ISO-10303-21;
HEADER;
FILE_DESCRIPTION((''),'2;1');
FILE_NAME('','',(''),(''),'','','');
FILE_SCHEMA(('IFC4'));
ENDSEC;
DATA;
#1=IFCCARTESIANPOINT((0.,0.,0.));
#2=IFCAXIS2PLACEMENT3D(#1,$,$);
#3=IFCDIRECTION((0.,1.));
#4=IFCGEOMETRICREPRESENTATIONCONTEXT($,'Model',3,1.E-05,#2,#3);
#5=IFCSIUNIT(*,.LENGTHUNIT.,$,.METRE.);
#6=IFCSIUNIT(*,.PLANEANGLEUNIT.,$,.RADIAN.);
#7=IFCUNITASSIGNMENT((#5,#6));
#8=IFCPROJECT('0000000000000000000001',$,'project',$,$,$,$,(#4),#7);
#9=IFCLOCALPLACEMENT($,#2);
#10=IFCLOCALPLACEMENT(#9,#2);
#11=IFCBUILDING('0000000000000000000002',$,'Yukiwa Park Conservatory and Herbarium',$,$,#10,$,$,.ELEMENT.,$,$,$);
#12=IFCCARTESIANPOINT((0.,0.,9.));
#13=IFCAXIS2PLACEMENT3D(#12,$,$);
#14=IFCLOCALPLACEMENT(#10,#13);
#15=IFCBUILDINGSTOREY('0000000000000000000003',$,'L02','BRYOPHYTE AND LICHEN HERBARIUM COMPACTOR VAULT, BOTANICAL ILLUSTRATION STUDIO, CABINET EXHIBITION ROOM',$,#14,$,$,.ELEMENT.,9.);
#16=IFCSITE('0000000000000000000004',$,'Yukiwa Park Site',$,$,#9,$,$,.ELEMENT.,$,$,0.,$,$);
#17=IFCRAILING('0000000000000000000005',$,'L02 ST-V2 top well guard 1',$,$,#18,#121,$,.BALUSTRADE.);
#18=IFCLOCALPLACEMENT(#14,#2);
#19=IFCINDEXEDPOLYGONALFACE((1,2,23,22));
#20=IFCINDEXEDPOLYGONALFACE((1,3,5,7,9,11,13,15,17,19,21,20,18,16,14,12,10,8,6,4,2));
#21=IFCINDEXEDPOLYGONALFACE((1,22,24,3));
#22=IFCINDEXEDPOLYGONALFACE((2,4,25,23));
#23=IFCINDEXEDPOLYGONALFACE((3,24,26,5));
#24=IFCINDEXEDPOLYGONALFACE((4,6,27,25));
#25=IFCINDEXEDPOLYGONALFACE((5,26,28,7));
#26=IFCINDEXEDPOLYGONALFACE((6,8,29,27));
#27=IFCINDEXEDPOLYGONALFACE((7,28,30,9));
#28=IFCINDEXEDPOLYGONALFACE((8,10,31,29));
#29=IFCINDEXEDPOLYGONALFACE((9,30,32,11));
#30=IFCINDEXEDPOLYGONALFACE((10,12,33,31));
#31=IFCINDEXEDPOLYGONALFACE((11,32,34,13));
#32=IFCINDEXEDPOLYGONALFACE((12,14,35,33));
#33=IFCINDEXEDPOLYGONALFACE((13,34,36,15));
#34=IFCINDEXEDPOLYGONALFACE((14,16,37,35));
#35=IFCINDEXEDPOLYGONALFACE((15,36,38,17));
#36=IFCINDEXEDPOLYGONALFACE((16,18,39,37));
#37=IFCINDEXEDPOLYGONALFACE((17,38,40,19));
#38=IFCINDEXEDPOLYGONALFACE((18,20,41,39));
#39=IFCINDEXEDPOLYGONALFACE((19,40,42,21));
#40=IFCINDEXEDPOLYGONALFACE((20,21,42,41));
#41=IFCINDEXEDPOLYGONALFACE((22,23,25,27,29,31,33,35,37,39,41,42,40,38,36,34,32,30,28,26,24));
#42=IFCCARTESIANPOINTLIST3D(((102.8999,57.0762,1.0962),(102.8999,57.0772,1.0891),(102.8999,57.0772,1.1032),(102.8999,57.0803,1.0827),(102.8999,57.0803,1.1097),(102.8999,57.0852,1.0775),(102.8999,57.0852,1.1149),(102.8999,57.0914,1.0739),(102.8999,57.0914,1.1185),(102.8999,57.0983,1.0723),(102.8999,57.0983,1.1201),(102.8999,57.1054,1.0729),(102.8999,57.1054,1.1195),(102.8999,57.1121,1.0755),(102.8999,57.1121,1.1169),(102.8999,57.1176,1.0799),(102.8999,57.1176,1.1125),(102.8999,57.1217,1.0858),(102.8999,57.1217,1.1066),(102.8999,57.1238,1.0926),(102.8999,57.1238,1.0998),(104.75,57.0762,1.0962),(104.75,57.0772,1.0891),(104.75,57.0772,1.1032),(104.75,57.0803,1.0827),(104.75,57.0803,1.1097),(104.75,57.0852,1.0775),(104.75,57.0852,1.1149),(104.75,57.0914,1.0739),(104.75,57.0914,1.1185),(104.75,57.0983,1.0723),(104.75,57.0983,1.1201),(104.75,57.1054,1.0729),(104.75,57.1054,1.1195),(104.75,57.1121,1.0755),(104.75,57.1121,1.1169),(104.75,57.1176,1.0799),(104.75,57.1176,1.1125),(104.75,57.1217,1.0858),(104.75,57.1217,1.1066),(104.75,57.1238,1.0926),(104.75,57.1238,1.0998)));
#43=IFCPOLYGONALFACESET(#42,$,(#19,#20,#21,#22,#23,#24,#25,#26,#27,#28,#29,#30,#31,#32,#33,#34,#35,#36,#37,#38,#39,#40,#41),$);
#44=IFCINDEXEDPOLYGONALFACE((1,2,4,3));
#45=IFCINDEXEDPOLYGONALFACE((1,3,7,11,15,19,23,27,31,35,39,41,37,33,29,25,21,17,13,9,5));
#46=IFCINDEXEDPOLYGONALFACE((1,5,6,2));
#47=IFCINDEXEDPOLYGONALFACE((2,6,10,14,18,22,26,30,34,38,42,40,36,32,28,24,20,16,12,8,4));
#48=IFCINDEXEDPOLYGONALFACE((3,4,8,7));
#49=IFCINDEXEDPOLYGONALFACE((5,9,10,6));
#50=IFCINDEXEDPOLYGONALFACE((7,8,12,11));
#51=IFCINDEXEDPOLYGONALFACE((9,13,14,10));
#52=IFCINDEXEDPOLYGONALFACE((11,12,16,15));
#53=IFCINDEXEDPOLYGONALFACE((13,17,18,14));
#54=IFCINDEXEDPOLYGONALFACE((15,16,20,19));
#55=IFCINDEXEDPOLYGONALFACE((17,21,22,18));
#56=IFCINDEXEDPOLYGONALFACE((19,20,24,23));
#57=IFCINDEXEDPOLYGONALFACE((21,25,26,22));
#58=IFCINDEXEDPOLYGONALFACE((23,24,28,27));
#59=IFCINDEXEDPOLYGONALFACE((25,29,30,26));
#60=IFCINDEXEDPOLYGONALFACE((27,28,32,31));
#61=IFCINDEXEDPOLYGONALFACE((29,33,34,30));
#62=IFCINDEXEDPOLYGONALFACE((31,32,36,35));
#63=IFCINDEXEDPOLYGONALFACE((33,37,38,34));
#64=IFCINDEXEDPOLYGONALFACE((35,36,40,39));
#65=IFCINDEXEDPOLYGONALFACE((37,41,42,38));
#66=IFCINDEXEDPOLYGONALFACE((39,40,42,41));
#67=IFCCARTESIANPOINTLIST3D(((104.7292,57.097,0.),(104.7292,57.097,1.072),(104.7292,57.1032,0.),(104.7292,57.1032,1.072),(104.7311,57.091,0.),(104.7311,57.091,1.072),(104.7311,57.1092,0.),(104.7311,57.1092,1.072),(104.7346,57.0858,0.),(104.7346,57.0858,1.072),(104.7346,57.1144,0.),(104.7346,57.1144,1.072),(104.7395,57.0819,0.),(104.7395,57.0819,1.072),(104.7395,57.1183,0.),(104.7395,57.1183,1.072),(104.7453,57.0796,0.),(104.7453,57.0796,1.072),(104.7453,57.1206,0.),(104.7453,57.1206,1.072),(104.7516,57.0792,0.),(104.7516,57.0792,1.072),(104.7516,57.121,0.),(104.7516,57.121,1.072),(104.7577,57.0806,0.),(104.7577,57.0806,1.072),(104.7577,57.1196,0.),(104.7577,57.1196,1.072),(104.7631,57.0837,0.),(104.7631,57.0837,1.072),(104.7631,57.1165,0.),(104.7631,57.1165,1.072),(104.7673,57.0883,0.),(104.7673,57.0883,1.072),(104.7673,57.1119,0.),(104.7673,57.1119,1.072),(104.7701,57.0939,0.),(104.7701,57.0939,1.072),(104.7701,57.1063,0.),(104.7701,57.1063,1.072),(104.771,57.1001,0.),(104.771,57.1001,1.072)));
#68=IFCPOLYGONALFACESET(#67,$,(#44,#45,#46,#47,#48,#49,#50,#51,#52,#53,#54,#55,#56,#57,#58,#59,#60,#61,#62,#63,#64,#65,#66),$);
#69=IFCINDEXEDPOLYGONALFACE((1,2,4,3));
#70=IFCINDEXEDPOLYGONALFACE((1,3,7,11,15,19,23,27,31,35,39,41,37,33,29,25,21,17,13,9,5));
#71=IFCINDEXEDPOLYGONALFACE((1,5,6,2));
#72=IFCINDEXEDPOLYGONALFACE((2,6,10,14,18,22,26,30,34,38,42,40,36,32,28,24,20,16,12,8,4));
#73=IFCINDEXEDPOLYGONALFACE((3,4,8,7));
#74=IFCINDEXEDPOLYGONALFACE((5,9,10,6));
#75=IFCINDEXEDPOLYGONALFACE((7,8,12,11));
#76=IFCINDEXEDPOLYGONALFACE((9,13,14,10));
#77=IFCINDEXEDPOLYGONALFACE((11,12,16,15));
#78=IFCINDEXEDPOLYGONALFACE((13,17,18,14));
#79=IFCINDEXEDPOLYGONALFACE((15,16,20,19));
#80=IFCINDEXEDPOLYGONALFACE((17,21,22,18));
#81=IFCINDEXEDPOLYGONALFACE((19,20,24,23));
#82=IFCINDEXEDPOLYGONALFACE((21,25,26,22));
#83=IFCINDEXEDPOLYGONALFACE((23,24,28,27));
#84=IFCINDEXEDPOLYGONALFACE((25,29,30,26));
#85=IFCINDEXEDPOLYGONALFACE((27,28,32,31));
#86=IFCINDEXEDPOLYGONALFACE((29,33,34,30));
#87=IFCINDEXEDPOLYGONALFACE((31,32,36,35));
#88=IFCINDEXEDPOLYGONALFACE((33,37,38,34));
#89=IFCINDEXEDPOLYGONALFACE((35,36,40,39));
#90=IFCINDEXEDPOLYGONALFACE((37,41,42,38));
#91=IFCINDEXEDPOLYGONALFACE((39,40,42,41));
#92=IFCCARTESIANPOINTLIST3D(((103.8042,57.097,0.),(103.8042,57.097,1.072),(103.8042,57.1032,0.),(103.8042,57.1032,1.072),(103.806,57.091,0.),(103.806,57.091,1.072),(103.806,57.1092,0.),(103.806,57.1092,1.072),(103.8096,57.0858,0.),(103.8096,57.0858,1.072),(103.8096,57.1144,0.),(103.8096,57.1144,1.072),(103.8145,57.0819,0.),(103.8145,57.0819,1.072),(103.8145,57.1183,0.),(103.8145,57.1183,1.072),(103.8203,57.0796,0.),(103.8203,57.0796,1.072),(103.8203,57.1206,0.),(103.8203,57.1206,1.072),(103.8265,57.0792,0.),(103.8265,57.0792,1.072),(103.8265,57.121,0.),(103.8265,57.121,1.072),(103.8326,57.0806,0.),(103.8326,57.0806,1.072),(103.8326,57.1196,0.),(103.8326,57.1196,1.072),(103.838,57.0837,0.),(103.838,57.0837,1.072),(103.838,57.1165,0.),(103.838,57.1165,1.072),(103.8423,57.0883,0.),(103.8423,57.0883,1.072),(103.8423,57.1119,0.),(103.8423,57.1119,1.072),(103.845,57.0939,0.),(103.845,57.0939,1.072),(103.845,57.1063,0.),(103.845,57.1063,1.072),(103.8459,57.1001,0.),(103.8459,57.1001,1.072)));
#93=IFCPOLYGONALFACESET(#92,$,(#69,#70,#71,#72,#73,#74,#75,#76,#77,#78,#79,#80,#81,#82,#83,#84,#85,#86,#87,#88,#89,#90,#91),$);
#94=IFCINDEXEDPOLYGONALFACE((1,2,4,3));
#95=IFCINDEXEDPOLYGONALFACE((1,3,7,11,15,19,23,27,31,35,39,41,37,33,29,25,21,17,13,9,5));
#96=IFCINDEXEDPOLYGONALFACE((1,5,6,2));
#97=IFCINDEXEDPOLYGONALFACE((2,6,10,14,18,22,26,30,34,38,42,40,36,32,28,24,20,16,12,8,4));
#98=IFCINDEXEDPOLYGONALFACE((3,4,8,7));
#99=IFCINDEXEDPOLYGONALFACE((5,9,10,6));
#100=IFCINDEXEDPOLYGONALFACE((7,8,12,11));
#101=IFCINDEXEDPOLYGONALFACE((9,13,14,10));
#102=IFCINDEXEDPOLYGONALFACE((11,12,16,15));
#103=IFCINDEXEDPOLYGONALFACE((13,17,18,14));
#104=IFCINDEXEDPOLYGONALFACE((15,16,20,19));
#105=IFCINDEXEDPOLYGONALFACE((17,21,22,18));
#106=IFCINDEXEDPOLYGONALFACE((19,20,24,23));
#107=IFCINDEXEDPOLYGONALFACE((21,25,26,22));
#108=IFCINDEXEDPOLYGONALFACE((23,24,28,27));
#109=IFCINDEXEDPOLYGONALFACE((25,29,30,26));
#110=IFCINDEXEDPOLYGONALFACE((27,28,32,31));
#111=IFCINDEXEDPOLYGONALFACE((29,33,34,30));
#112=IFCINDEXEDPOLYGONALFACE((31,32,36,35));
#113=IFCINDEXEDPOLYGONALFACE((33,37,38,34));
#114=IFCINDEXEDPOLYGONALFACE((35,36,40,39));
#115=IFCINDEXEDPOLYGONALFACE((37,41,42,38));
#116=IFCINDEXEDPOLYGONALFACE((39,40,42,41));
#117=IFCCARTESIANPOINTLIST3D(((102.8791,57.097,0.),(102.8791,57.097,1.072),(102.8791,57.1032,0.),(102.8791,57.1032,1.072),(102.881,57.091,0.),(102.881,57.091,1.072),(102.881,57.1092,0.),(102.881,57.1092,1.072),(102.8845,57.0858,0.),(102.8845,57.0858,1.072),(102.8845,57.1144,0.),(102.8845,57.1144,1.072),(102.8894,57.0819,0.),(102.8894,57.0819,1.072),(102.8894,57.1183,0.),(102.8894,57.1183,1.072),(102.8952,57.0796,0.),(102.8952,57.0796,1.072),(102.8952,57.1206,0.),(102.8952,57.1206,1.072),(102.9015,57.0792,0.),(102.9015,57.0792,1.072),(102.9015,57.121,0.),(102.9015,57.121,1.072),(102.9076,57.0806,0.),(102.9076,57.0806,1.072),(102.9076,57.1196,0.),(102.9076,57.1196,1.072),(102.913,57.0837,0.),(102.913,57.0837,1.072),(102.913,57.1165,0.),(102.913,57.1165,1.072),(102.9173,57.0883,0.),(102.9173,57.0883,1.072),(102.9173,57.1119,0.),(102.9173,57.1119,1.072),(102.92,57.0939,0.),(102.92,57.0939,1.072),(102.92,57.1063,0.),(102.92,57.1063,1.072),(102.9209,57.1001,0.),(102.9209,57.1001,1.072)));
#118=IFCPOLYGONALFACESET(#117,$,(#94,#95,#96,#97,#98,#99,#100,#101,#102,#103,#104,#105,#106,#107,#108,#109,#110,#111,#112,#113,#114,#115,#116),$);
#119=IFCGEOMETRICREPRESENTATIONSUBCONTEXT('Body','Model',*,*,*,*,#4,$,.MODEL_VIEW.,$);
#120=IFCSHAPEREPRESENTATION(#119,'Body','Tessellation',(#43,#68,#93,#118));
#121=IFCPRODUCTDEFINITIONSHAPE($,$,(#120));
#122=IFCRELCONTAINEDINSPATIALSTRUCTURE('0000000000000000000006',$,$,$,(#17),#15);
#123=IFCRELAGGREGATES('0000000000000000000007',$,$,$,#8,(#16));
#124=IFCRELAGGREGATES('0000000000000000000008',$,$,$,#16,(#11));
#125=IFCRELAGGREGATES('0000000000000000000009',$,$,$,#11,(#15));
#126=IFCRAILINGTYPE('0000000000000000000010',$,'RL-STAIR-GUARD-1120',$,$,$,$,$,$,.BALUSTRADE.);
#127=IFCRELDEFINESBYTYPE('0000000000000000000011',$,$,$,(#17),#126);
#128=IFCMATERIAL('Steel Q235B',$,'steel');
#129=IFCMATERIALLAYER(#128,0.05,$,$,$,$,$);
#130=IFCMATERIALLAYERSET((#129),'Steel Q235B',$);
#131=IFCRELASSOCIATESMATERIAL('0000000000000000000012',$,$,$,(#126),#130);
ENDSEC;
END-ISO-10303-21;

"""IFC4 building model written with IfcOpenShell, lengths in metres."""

from ifc_helpers import new_model, si_unit, direction, frame, origin, origin_2d, place, context, subcontext, project, spatial, circle, extrude, material, layer, layer_set, type_object, element, save


model = new_model("IFC4")

# Units and contexts
model_context = context("Model", 3, precision=1e-05, world=origin(), true_north=direction((0.0, 1.0)))
body_context = subcontext(model_context, "Body", "Model", "MODEL_VIEW")
ifc_project = project(units=[si_unit("LENGTHUNIT", "METRE"), si_unit("PLANEANGLEUNIT", "RADIAN")], contexts=[model_context])

# Site, building, storey
site_placement = place(None, origin())
site = spatial("IfcSite", under=ifc_project, at=site_placement, Name="Yukiwa Park Site", CompositionType="ELEMENT", RefElevation=0.0)
building_placement = place(site_placement, origin())
building = spatial("IfcBuilding", under=site, at=building_placement, Name="Yukiwa Park Conservatory and Herbarium", CompositionType="ELEMENT")
storey_placement = place(building_placement, frame((0.0, 0.0, 9.0)))
storey = spatial("IfcBuildingStorey", under=building, at=storey_placement, Name="L02", Description="BRYOPHYTE AND LICHEN HERBARIUM COMPACTOR VAULT, BOTANICAL ILLUSTRATION STUDIO, CABINET EXHIBITION ROOM", CompositionType="ELEMENT", Elevation=9.0)

# Railing
ifc_material_1 = material(Name="Steel Q235B", Category="steel")
ifc_layer_1 = layer(ifc_material_1, 0.05)
ifc_layer_set_1 = layer_set([ifc_layer_1], Name="Steel Q235B")
railing_type = type_object("IfcRailingType", Name="RL-STAIR-GUARD-1120", PredefinedType="BALUSTRADE", material=ifc_layer_set_1)
railing_placement = place(storey_placement, frame((104.75, 57.1001, 0.0)))
element("IfcRailing", 1, at=railing_placement, inside=storey, type_object=railing_type, Name="L02 ST-V2 top well guard 1", PredefinedType="BALUSTRADE", context=body_context, shape_type="SweptSolid", body=[
    extrude(circle(Radius=0.0239, at=origin_2d()), frame((0.0, 0.0, 1.0962), z_axis=(-1.0, 0.0, 0.0), x_axis=(0.0, -1.0, 0.0)), (0.0, 0.0, 1.0), 1.8501),
    extrude(circle(Radius=0.021, at=origin_2d()), origin(), (0.0, 0.0, 1.0), 1.072),
    extrude(circle(Radius=0.021, at=origin_2d()), frame((-0.925, 0.0, 0.0)), (0.0, 0.0, 1.0), 1.072),
    extrude(circle(Radius=0.021, at=origin_2d()), frame((-1.8501, 0.0, 0.0)), (0.0, 0.0, 1.0), 1.072),
])

save(model, "model.ifc")
